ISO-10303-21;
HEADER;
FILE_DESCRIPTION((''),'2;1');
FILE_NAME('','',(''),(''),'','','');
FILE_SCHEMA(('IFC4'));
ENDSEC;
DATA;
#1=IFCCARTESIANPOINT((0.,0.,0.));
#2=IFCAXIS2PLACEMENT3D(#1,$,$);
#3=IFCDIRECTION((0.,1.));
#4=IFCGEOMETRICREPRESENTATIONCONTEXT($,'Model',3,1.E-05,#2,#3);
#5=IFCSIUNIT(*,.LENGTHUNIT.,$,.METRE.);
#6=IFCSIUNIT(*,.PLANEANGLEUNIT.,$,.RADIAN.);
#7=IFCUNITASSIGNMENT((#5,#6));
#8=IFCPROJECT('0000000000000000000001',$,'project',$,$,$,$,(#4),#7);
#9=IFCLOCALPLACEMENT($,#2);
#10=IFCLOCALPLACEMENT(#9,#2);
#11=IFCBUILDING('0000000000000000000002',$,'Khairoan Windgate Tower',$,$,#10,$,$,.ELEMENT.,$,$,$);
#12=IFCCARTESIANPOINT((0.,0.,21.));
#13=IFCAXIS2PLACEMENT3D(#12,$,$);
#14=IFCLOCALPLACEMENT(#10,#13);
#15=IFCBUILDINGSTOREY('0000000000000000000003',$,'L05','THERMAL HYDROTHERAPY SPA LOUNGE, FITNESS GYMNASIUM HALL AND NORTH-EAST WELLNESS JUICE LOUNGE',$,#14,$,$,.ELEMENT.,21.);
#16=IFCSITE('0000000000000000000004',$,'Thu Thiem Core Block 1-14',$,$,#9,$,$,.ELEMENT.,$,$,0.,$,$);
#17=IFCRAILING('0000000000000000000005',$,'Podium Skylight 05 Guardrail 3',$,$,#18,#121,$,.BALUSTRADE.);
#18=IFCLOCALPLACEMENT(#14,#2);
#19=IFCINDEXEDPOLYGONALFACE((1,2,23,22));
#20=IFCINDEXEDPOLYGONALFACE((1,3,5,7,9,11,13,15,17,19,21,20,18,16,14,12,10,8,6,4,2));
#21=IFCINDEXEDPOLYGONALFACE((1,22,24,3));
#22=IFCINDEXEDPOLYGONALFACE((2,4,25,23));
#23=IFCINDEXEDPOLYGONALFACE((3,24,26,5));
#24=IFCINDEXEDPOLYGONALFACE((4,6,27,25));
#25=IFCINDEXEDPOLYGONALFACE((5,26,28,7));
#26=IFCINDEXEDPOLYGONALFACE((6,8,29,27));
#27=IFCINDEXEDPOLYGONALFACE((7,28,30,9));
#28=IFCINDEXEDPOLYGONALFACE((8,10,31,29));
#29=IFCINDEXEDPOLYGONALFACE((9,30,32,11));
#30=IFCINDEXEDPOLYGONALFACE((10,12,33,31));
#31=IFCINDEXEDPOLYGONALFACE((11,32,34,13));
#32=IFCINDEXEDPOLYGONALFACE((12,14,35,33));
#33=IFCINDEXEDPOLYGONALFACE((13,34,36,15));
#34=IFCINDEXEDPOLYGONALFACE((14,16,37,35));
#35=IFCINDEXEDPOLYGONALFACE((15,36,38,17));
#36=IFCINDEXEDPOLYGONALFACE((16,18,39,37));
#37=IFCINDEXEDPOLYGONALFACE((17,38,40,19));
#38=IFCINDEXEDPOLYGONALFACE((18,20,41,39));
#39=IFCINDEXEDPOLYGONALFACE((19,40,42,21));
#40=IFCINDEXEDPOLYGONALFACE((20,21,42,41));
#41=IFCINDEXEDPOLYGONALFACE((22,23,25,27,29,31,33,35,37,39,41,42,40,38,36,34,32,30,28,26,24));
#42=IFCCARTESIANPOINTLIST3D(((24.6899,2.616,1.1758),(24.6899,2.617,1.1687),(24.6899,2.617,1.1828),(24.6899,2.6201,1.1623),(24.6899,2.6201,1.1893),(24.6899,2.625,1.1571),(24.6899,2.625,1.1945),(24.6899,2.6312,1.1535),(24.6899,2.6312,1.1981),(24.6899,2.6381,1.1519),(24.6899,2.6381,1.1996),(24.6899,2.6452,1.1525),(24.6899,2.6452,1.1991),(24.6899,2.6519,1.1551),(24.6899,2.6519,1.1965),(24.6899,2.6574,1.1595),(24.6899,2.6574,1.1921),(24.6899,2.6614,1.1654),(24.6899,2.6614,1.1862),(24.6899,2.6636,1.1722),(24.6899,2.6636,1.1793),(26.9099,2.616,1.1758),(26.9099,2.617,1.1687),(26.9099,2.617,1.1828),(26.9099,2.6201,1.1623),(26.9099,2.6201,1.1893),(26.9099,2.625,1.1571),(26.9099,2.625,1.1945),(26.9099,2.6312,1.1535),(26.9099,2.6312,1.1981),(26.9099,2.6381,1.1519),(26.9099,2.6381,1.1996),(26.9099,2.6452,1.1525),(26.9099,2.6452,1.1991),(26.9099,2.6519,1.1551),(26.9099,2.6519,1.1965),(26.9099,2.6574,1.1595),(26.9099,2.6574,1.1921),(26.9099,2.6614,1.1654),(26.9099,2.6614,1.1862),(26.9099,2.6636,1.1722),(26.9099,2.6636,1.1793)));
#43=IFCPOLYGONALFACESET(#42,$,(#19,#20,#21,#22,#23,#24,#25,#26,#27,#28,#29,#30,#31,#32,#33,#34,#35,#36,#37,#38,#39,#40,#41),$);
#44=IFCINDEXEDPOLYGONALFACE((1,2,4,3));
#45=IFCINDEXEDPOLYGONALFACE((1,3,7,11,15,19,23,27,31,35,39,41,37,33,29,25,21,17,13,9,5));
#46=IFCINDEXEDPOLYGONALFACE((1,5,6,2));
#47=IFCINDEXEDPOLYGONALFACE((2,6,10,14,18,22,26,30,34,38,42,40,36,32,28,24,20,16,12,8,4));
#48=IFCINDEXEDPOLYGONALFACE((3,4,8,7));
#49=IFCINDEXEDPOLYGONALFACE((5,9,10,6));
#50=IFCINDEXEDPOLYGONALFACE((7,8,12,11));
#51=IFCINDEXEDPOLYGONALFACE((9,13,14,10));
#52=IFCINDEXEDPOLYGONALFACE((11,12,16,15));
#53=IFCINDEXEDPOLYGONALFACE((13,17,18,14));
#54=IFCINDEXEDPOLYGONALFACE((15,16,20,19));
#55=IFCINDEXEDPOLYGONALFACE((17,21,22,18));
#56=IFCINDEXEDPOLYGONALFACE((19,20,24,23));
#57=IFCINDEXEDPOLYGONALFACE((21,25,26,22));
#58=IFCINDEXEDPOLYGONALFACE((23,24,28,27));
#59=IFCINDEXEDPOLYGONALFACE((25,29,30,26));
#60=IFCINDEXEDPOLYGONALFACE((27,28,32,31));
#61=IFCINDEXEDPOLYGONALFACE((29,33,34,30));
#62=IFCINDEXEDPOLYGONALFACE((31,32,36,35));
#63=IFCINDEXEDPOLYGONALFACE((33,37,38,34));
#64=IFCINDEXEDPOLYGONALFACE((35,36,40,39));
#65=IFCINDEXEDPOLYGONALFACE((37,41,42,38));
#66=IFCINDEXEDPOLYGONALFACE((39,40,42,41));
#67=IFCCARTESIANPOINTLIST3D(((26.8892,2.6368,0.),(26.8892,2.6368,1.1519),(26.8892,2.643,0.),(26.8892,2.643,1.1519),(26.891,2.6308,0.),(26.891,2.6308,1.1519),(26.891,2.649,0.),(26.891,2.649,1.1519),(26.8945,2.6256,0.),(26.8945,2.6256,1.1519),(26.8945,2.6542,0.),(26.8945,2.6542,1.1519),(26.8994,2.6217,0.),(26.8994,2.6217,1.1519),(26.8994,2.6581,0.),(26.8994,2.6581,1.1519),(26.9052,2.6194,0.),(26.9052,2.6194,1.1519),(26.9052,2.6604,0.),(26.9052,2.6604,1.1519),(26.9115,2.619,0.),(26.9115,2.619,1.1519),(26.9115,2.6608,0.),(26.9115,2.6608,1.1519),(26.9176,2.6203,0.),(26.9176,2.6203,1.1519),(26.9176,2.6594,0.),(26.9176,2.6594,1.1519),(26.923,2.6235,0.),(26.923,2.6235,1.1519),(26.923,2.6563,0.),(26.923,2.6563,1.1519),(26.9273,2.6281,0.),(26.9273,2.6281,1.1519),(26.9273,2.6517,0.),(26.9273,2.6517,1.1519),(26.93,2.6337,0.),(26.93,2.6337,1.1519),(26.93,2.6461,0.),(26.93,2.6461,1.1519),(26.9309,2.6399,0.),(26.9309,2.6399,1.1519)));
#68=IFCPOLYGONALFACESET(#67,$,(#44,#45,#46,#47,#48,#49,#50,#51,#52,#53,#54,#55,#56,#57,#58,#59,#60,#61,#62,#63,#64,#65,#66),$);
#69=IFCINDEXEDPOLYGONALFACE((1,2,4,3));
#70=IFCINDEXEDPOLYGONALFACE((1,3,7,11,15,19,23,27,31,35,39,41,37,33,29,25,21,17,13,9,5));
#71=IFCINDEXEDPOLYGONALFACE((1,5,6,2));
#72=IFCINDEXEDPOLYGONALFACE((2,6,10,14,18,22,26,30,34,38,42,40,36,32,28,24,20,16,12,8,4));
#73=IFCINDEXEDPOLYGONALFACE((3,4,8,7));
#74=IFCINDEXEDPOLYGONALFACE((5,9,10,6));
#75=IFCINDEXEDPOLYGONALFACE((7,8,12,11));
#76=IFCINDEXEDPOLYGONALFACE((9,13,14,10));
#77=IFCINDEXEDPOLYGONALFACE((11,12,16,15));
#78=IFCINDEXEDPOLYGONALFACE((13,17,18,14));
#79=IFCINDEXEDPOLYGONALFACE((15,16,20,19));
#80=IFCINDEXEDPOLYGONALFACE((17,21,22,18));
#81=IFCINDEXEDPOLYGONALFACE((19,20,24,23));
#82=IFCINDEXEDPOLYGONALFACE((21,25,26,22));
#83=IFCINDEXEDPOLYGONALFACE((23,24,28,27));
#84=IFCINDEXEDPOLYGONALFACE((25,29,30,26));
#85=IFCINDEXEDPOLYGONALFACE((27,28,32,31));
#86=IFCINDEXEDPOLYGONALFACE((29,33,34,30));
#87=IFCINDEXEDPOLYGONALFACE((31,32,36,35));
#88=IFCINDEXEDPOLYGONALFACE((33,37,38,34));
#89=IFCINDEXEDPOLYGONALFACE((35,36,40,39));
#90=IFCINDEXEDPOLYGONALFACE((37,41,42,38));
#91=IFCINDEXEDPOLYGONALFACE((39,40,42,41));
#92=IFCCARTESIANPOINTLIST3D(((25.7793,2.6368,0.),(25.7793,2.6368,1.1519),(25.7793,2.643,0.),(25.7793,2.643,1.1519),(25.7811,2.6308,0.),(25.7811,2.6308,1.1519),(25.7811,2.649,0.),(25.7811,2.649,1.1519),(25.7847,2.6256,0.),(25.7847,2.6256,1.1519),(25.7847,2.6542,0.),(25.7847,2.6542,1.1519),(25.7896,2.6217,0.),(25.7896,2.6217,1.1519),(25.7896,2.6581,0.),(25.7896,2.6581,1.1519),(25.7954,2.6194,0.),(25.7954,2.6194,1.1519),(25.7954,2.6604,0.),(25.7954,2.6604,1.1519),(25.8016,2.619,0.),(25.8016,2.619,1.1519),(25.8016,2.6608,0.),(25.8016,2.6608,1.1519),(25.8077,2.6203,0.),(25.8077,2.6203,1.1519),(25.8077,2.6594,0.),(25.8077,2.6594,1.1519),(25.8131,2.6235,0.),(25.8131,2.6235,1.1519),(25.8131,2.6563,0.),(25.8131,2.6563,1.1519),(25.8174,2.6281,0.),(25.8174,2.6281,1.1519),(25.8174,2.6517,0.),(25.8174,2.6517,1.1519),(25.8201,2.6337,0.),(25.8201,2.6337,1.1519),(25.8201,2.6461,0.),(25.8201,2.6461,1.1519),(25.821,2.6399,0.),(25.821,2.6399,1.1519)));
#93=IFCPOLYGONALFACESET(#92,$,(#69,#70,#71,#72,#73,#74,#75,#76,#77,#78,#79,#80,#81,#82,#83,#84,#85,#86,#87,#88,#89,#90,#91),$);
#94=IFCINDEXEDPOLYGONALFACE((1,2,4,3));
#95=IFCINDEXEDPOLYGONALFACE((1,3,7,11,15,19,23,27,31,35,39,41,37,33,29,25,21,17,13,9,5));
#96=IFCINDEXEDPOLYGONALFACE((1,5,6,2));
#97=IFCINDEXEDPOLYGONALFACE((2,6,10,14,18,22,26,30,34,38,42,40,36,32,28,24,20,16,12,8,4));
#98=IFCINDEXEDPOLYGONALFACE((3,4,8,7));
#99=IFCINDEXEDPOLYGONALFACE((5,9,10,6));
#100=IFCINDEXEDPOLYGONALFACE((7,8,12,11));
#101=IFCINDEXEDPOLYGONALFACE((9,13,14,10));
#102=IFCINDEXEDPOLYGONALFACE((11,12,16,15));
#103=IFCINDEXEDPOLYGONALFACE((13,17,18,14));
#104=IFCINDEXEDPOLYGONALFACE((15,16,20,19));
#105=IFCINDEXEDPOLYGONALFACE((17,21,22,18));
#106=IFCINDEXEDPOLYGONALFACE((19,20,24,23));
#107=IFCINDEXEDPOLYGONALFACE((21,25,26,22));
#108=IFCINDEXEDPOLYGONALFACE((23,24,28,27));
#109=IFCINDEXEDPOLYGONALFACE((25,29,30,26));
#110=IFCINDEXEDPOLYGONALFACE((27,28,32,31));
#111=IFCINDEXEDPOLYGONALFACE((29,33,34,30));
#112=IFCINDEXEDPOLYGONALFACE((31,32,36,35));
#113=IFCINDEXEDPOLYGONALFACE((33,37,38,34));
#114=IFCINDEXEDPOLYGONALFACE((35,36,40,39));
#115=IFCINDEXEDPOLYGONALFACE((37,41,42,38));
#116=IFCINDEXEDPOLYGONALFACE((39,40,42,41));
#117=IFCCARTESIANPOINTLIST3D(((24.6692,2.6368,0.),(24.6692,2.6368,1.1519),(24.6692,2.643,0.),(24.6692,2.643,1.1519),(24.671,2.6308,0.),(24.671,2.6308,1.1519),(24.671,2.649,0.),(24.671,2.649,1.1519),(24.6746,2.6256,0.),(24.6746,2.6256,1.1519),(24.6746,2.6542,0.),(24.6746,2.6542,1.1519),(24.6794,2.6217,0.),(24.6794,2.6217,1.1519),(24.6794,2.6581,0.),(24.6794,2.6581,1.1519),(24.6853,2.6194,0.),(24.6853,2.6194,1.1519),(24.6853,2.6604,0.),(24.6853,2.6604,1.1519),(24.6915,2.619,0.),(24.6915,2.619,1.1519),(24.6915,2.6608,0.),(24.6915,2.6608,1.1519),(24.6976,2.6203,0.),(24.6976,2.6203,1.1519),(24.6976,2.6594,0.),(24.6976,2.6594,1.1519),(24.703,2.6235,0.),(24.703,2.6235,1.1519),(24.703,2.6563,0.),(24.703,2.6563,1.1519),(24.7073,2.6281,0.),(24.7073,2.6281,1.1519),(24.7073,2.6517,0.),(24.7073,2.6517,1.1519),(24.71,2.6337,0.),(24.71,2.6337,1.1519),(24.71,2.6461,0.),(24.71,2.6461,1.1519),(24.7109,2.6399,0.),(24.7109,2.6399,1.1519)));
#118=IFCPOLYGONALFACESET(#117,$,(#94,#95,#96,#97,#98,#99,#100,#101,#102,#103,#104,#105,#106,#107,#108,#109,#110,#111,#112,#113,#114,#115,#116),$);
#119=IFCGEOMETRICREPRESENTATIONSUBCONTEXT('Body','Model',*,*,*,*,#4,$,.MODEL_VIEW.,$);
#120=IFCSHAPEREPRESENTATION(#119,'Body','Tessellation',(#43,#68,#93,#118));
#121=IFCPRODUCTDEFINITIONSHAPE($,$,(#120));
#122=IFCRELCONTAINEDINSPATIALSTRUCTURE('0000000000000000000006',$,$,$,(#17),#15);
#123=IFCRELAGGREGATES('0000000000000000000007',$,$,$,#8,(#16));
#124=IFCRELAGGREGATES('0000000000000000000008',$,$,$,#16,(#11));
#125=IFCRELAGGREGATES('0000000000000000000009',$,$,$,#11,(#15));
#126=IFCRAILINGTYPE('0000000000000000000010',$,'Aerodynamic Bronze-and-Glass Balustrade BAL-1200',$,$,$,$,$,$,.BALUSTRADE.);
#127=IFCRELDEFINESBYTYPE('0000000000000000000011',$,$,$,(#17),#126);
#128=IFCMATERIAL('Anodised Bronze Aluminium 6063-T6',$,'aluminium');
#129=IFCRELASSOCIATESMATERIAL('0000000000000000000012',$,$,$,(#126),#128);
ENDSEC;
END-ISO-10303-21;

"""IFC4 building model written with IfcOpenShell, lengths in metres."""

from ifc_helpers import new_model, si_unit, direction, frame, origin, origin_2d, place, context, subcontext, project, spatial, circle, extrude, material, type_object, element, save


model = new_model("IFC4")

# Units and contexts
model_context = context("Model", 3, precision=1e-05, world=origin(), true_north=direction((0.0, 1.0)))
body_context = subcontext(model_context, "Body", "Model", "MODEL_VIEW")
ifc_project = project(units=[si_unit("LENGTHUNIT", "METRE"), si_unit("PLANEANGLEUNIT", "RADIAN")], contexts=[model_context])

# Site, building, storey
site_placement = place(None, origin())
site = spatial("IfcSite", under=ifc_project, at=site_placement, Name="Thu Thiem Core Block 1-14", CompositionType="ELEMENT", RefElevation=0.0)
building_placement = place(site_placement, origin())
building = spatial("IfcBuilding", under=site, at=building_placement, Name="Khairoan Windgate Tower", CompositionType="ELEMENT")
storey_placement = place(building_placement, frame((0.0, 0.0, 21.0)))
storey = spatial("IfcBuildingStorey", under=building, at=storey_placement, Name="L05", Description="THERMAL HYDROTHERAPY SPA LOUNGE, FITNESS GYMNASIUM HALL AND NORTH-EAST WELLNESS JUICE LOUNGE", CompositionType="ELEMENT", Elevation=21.0)

# Railing
ifc_material_1 = material(Name="Anodised Bronze Aluminium 6063-T6", Category="aluminium")
railing_type = type_object("IfcRailingType", Name="Aerodynamic Bronze-and-Glass Balustrade BAL-1200", PredefinedType="BALUSTRADE", material=ifc_material_1)
railing_1_placement = place(storey_placement, frame((26.9099, 2.6399, 0.0)))
element("IfcRailing", 1, at=railing_1_placement, inside=storey, type_object=railing_type, Name="Podium Skylight 05 Guardrail 3", PredefinedType="BALUSTRADE", context=body_context, shape_type="SweptSolid", body=[
    extrude(circle(Radius=0.0239, at=origin_2d()), frame((0.0, 0.0, 1.1758), z_axis=(-1.0, 0.0, 0.0), x_axis=(0.0, -1.0, 0.0)), (0.0, 0.0, 1.0), 2.22),
    extrude(circle(Radius=0.021, at=origin_2d()), origin(), (0.0, 0.0, 1.0), 1.1519),
    extrude(circle(Radius=0.021, at=origin_2d()), frame((-1.1099, 0.0, 0.0)), (0.0, 0.0, 1.0), 1.1519),
    extrude(circle(Radius=0.021, at=origin_2d()), frame((-2.22, 0.0, 0.0)), (0.0, 0.0, 1.0), 1.1519),
])

save(model, "model.ifc")
